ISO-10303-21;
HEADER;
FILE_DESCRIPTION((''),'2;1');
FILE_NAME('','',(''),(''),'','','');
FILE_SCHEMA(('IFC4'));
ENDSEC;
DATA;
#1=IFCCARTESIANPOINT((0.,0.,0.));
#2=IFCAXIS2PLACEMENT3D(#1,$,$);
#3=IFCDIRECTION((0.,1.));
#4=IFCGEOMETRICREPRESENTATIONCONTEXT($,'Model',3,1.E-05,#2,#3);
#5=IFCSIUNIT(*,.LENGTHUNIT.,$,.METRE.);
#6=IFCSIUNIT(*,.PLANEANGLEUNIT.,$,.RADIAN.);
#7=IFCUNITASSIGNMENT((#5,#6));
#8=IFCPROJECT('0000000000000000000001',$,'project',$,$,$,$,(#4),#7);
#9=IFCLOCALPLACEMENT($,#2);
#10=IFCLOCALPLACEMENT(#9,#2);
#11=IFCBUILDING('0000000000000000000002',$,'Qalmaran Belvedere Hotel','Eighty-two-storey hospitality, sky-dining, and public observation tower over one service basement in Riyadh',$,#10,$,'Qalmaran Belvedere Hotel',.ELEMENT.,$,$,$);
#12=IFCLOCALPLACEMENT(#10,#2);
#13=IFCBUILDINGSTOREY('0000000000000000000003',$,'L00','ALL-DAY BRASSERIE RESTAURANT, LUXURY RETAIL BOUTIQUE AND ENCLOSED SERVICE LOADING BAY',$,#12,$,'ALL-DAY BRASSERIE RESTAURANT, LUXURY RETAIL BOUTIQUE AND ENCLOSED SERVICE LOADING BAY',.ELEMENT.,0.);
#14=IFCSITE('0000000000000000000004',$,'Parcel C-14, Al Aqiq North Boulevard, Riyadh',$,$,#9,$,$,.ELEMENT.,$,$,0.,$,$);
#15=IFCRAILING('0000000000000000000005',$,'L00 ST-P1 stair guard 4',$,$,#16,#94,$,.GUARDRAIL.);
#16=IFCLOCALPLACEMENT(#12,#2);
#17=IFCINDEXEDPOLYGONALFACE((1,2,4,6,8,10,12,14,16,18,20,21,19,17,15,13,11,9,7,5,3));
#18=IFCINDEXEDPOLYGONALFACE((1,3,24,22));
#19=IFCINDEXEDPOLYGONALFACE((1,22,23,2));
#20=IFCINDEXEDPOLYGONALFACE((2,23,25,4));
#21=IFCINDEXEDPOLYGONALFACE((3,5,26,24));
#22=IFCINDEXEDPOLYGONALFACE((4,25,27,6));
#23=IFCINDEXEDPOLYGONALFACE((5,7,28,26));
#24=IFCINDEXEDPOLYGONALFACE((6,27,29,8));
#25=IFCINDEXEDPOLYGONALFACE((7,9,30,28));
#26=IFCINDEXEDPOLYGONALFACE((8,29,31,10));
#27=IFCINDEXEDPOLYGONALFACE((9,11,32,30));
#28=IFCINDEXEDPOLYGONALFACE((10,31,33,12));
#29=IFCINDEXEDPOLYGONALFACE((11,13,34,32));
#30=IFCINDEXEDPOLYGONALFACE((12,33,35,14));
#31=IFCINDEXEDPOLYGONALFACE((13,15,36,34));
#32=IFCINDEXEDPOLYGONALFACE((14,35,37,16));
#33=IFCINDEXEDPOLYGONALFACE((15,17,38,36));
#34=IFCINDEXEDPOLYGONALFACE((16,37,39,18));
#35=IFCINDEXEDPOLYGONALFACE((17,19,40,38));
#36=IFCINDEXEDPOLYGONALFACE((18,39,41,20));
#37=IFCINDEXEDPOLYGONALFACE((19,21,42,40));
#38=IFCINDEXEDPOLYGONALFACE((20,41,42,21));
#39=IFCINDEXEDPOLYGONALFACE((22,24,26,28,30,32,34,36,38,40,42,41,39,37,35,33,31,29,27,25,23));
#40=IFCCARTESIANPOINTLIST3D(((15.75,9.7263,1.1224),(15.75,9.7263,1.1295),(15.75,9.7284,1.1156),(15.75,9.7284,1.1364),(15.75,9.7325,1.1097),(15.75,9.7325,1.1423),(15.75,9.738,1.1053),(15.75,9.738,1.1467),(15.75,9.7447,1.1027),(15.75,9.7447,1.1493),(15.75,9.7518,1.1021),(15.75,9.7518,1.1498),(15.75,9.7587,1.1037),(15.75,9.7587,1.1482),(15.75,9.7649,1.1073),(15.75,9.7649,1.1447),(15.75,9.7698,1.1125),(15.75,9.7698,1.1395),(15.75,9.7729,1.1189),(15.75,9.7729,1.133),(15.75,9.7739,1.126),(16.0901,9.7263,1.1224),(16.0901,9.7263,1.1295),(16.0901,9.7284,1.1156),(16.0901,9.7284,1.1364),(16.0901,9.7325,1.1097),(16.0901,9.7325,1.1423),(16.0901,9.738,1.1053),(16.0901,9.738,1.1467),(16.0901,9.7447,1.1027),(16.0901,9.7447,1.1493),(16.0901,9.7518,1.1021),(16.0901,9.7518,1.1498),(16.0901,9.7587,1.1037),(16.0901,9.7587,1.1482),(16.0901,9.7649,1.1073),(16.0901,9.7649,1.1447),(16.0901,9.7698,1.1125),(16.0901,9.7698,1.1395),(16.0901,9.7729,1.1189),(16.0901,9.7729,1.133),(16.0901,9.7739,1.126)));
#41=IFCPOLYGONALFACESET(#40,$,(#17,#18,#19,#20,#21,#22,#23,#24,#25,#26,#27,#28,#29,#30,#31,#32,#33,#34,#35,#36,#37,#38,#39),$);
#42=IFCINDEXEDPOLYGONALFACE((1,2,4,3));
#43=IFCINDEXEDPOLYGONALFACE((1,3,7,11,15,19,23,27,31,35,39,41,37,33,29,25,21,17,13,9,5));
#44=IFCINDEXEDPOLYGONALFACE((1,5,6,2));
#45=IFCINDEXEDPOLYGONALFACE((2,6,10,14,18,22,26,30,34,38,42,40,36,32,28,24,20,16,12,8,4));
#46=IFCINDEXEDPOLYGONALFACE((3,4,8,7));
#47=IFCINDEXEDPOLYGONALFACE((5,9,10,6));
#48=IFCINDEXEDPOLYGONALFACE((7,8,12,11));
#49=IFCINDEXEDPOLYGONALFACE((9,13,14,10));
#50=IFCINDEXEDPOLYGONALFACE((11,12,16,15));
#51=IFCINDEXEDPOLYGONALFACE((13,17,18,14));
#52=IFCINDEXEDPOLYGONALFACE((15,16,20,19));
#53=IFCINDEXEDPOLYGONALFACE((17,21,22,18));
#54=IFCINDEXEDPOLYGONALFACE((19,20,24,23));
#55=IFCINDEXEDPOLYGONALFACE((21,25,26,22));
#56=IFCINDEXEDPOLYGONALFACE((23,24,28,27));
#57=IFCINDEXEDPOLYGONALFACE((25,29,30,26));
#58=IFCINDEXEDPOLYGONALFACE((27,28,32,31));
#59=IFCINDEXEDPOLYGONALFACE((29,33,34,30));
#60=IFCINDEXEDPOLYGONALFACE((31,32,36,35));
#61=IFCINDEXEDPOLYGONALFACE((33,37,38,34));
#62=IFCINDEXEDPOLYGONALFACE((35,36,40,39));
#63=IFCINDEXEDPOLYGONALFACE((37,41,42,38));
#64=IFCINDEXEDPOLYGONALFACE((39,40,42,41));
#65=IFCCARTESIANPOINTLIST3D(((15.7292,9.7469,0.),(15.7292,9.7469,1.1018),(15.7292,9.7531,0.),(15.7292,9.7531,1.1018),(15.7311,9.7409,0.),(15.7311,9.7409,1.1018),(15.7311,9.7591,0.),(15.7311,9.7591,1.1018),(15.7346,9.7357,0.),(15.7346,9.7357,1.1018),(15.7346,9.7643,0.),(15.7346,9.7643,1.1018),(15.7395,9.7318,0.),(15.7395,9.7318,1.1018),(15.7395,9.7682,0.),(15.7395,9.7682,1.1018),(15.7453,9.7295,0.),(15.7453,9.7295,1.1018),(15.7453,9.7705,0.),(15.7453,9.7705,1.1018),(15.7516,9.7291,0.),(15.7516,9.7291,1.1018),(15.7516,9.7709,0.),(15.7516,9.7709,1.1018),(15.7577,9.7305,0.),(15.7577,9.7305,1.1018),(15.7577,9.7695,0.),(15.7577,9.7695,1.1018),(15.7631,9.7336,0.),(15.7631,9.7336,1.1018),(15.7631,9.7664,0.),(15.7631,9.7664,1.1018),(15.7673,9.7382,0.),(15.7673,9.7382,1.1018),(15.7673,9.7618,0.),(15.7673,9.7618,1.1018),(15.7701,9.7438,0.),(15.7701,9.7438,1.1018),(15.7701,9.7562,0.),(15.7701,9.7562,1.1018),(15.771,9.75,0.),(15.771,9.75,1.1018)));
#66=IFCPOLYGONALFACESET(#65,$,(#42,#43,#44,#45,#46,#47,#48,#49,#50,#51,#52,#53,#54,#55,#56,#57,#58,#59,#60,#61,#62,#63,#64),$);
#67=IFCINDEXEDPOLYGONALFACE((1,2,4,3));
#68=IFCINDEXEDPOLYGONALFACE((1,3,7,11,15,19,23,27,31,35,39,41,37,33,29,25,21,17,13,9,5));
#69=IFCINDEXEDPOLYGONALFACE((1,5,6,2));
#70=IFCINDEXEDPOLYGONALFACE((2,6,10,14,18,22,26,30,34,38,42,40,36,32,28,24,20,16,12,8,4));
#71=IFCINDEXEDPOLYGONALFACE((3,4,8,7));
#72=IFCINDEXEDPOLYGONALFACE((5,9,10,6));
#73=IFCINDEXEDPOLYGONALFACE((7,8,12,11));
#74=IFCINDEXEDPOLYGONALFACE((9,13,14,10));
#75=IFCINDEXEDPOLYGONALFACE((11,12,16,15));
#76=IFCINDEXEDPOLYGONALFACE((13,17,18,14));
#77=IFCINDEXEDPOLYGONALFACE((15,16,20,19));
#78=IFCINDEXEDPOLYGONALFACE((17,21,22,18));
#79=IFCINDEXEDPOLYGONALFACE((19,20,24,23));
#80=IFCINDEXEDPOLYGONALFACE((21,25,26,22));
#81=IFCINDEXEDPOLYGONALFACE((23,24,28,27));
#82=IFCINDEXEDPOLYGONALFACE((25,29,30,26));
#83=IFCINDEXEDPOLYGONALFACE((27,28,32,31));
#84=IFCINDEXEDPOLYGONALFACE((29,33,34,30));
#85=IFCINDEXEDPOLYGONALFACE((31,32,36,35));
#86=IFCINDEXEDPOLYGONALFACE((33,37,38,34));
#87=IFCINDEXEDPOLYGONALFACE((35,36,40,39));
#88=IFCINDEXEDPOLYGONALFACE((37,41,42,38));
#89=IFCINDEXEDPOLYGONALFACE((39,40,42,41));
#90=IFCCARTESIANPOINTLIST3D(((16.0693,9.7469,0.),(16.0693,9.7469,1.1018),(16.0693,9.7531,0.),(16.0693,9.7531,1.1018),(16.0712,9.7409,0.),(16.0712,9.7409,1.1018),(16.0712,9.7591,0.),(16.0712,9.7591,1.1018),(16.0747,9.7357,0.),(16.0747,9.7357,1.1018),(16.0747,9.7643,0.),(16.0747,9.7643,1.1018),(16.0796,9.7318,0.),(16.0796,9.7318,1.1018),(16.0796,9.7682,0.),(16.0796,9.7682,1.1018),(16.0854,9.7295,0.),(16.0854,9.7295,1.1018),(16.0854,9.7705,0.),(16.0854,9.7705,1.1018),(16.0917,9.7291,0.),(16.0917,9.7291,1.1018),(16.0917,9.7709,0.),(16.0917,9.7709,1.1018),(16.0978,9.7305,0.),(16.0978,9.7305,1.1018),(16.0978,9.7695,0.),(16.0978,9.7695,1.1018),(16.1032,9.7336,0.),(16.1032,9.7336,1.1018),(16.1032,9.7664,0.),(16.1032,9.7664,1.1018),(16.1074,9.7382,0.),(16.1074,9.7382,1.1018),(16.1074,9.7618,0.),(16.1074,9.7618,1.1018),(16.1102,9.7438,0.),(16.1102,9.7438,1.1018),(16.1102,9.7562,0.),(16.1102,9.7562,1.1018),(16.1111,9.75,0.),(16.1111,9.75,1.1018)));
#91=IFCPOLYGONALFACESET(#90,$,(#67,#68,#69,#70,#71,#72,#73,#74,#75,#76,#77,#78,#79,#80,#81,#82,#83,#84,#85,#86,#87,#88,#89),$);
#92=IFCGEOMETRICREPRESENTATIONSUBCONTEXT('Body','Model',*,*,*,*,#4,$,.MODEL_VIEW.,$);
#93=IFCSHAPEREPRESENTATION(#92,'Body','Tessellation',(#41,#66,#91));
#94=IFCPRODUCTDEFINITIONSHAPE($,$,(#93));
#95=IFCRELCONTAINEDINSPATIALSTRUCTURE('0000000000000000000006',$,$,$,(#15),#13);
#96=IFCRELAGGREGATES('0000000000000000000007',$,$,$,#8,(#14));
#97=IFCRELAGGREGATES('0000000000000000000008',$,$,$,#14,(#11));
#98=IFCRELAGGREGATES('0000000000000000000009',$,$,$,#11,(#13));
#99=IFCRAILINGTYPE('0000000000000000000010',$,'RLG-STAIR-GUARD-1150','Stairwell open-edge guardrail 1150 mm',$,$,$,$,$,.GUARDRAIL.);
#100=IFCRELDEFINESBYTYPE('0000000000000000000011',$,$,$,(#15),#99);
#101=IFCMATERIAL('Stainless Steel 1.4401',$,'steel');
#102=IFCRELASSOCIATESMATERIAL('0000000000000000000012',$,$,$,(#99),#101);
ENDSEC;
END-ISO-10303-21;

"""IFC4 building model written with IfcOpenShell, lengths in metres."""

from ifc_helpers import new_model, si_unit, direction, frame, origin, origin_2d, place, context, subcontext, project, spatial, circle, extrude, material, type_object, element, save


model = new_model("IFC4")

# Units and contexts
model_context = context("Model", 3, precision=1e-05, world=origin(), true_north=direction((0.0, 1.0)))
body_context = subcontext(model_context, "Body", "Model", "MODEL_VIEW")
ifc_project = project(units=[si_unit("LENGTHUNIT", "METRE"), si_unit("PLANEANGLEUNIT", "RADIAN")], contexts=[model_context])

# Site, building, storey
site_placement = place(None, origin())
site = spatial("IfcSite", under=ifc_project, at=site_placement, Name="Parcel C-14, Al Aqiq North Boulevard, Riyadh", CompositionType="ELEMENT", RefElevation=0.0)
building_placement = place(site_placement, origin())
building = spatial("IfcBuilding", under=site, at=building_placement, Name="Qalmaran Belvedere Hotel", Description="Eighty-two-storey hospitality, sky-dining, and public observation tower over one service basement in Riyadh", LongName="Qalmaran Belvedere Hotel", CompositionType="ELEMENT")
storey_placement = place(building_placement, origin())
storey = spatial("IfcBuildingStorey", under=building, at=storey_placement, Name="L00", Description="ALL-DAY BRASSERIE RESTAURANT, LUXURY RETAIL BOUTIQUE AND ENCLOSED SERVICE LOADING BAY", LongName="ALL-DAY BRASSERIE RESTAURANT, LUXURY RETAIL BOUTIQUE AND ENCLOSED SERVICE LOADING BAY", CompositionType="ELEMENT", Elevation=0.0)

# Railing
ifc_material_1 = material(Name="Stainless Steel 1.4401", Category="steel")
railing_type_1 = type_object("IfcRailingType", Name="RLG-STAIR-GUARD-1150", Description="Stairwell open-edge guardrail 1150 mm", PredefinedType="GUARDRAIL", material=ifc_material_1)
railing_1_placement = place(storey_placement, frame((15.75, 9.75, 0.0)))
element("IfcRailing", 1, at=railing_1_placement, inside=storey, type_object=railing_type_1, Name="L00 ST-P1 stair guard 4", PredefinedType="GUARDRAIL", context=body_context, shape_type="SweptSolid", body=[
    extrude(circle(Radius=0.0239, at=origin_2d()), frame((0.0, 0.0, 1.126), z_axis=(1.0, 0.0, 0.0), x_axis=(0.0, 1.0, 0.0)), (0.0, 0.0, 1.0), 0.3401),
    extrude(circle(Radius=0.021, at=origin_2d()), origin(), (0.0, 0.0, 1.0), 1.1018),
    extrude(circle(Radius=0.021, at=origin_2d()), frame((0.3401, 0.0, 0.0)), (0.0, 0.0, 1.0), 1.1018),
])

save(model, "model.ifc")
